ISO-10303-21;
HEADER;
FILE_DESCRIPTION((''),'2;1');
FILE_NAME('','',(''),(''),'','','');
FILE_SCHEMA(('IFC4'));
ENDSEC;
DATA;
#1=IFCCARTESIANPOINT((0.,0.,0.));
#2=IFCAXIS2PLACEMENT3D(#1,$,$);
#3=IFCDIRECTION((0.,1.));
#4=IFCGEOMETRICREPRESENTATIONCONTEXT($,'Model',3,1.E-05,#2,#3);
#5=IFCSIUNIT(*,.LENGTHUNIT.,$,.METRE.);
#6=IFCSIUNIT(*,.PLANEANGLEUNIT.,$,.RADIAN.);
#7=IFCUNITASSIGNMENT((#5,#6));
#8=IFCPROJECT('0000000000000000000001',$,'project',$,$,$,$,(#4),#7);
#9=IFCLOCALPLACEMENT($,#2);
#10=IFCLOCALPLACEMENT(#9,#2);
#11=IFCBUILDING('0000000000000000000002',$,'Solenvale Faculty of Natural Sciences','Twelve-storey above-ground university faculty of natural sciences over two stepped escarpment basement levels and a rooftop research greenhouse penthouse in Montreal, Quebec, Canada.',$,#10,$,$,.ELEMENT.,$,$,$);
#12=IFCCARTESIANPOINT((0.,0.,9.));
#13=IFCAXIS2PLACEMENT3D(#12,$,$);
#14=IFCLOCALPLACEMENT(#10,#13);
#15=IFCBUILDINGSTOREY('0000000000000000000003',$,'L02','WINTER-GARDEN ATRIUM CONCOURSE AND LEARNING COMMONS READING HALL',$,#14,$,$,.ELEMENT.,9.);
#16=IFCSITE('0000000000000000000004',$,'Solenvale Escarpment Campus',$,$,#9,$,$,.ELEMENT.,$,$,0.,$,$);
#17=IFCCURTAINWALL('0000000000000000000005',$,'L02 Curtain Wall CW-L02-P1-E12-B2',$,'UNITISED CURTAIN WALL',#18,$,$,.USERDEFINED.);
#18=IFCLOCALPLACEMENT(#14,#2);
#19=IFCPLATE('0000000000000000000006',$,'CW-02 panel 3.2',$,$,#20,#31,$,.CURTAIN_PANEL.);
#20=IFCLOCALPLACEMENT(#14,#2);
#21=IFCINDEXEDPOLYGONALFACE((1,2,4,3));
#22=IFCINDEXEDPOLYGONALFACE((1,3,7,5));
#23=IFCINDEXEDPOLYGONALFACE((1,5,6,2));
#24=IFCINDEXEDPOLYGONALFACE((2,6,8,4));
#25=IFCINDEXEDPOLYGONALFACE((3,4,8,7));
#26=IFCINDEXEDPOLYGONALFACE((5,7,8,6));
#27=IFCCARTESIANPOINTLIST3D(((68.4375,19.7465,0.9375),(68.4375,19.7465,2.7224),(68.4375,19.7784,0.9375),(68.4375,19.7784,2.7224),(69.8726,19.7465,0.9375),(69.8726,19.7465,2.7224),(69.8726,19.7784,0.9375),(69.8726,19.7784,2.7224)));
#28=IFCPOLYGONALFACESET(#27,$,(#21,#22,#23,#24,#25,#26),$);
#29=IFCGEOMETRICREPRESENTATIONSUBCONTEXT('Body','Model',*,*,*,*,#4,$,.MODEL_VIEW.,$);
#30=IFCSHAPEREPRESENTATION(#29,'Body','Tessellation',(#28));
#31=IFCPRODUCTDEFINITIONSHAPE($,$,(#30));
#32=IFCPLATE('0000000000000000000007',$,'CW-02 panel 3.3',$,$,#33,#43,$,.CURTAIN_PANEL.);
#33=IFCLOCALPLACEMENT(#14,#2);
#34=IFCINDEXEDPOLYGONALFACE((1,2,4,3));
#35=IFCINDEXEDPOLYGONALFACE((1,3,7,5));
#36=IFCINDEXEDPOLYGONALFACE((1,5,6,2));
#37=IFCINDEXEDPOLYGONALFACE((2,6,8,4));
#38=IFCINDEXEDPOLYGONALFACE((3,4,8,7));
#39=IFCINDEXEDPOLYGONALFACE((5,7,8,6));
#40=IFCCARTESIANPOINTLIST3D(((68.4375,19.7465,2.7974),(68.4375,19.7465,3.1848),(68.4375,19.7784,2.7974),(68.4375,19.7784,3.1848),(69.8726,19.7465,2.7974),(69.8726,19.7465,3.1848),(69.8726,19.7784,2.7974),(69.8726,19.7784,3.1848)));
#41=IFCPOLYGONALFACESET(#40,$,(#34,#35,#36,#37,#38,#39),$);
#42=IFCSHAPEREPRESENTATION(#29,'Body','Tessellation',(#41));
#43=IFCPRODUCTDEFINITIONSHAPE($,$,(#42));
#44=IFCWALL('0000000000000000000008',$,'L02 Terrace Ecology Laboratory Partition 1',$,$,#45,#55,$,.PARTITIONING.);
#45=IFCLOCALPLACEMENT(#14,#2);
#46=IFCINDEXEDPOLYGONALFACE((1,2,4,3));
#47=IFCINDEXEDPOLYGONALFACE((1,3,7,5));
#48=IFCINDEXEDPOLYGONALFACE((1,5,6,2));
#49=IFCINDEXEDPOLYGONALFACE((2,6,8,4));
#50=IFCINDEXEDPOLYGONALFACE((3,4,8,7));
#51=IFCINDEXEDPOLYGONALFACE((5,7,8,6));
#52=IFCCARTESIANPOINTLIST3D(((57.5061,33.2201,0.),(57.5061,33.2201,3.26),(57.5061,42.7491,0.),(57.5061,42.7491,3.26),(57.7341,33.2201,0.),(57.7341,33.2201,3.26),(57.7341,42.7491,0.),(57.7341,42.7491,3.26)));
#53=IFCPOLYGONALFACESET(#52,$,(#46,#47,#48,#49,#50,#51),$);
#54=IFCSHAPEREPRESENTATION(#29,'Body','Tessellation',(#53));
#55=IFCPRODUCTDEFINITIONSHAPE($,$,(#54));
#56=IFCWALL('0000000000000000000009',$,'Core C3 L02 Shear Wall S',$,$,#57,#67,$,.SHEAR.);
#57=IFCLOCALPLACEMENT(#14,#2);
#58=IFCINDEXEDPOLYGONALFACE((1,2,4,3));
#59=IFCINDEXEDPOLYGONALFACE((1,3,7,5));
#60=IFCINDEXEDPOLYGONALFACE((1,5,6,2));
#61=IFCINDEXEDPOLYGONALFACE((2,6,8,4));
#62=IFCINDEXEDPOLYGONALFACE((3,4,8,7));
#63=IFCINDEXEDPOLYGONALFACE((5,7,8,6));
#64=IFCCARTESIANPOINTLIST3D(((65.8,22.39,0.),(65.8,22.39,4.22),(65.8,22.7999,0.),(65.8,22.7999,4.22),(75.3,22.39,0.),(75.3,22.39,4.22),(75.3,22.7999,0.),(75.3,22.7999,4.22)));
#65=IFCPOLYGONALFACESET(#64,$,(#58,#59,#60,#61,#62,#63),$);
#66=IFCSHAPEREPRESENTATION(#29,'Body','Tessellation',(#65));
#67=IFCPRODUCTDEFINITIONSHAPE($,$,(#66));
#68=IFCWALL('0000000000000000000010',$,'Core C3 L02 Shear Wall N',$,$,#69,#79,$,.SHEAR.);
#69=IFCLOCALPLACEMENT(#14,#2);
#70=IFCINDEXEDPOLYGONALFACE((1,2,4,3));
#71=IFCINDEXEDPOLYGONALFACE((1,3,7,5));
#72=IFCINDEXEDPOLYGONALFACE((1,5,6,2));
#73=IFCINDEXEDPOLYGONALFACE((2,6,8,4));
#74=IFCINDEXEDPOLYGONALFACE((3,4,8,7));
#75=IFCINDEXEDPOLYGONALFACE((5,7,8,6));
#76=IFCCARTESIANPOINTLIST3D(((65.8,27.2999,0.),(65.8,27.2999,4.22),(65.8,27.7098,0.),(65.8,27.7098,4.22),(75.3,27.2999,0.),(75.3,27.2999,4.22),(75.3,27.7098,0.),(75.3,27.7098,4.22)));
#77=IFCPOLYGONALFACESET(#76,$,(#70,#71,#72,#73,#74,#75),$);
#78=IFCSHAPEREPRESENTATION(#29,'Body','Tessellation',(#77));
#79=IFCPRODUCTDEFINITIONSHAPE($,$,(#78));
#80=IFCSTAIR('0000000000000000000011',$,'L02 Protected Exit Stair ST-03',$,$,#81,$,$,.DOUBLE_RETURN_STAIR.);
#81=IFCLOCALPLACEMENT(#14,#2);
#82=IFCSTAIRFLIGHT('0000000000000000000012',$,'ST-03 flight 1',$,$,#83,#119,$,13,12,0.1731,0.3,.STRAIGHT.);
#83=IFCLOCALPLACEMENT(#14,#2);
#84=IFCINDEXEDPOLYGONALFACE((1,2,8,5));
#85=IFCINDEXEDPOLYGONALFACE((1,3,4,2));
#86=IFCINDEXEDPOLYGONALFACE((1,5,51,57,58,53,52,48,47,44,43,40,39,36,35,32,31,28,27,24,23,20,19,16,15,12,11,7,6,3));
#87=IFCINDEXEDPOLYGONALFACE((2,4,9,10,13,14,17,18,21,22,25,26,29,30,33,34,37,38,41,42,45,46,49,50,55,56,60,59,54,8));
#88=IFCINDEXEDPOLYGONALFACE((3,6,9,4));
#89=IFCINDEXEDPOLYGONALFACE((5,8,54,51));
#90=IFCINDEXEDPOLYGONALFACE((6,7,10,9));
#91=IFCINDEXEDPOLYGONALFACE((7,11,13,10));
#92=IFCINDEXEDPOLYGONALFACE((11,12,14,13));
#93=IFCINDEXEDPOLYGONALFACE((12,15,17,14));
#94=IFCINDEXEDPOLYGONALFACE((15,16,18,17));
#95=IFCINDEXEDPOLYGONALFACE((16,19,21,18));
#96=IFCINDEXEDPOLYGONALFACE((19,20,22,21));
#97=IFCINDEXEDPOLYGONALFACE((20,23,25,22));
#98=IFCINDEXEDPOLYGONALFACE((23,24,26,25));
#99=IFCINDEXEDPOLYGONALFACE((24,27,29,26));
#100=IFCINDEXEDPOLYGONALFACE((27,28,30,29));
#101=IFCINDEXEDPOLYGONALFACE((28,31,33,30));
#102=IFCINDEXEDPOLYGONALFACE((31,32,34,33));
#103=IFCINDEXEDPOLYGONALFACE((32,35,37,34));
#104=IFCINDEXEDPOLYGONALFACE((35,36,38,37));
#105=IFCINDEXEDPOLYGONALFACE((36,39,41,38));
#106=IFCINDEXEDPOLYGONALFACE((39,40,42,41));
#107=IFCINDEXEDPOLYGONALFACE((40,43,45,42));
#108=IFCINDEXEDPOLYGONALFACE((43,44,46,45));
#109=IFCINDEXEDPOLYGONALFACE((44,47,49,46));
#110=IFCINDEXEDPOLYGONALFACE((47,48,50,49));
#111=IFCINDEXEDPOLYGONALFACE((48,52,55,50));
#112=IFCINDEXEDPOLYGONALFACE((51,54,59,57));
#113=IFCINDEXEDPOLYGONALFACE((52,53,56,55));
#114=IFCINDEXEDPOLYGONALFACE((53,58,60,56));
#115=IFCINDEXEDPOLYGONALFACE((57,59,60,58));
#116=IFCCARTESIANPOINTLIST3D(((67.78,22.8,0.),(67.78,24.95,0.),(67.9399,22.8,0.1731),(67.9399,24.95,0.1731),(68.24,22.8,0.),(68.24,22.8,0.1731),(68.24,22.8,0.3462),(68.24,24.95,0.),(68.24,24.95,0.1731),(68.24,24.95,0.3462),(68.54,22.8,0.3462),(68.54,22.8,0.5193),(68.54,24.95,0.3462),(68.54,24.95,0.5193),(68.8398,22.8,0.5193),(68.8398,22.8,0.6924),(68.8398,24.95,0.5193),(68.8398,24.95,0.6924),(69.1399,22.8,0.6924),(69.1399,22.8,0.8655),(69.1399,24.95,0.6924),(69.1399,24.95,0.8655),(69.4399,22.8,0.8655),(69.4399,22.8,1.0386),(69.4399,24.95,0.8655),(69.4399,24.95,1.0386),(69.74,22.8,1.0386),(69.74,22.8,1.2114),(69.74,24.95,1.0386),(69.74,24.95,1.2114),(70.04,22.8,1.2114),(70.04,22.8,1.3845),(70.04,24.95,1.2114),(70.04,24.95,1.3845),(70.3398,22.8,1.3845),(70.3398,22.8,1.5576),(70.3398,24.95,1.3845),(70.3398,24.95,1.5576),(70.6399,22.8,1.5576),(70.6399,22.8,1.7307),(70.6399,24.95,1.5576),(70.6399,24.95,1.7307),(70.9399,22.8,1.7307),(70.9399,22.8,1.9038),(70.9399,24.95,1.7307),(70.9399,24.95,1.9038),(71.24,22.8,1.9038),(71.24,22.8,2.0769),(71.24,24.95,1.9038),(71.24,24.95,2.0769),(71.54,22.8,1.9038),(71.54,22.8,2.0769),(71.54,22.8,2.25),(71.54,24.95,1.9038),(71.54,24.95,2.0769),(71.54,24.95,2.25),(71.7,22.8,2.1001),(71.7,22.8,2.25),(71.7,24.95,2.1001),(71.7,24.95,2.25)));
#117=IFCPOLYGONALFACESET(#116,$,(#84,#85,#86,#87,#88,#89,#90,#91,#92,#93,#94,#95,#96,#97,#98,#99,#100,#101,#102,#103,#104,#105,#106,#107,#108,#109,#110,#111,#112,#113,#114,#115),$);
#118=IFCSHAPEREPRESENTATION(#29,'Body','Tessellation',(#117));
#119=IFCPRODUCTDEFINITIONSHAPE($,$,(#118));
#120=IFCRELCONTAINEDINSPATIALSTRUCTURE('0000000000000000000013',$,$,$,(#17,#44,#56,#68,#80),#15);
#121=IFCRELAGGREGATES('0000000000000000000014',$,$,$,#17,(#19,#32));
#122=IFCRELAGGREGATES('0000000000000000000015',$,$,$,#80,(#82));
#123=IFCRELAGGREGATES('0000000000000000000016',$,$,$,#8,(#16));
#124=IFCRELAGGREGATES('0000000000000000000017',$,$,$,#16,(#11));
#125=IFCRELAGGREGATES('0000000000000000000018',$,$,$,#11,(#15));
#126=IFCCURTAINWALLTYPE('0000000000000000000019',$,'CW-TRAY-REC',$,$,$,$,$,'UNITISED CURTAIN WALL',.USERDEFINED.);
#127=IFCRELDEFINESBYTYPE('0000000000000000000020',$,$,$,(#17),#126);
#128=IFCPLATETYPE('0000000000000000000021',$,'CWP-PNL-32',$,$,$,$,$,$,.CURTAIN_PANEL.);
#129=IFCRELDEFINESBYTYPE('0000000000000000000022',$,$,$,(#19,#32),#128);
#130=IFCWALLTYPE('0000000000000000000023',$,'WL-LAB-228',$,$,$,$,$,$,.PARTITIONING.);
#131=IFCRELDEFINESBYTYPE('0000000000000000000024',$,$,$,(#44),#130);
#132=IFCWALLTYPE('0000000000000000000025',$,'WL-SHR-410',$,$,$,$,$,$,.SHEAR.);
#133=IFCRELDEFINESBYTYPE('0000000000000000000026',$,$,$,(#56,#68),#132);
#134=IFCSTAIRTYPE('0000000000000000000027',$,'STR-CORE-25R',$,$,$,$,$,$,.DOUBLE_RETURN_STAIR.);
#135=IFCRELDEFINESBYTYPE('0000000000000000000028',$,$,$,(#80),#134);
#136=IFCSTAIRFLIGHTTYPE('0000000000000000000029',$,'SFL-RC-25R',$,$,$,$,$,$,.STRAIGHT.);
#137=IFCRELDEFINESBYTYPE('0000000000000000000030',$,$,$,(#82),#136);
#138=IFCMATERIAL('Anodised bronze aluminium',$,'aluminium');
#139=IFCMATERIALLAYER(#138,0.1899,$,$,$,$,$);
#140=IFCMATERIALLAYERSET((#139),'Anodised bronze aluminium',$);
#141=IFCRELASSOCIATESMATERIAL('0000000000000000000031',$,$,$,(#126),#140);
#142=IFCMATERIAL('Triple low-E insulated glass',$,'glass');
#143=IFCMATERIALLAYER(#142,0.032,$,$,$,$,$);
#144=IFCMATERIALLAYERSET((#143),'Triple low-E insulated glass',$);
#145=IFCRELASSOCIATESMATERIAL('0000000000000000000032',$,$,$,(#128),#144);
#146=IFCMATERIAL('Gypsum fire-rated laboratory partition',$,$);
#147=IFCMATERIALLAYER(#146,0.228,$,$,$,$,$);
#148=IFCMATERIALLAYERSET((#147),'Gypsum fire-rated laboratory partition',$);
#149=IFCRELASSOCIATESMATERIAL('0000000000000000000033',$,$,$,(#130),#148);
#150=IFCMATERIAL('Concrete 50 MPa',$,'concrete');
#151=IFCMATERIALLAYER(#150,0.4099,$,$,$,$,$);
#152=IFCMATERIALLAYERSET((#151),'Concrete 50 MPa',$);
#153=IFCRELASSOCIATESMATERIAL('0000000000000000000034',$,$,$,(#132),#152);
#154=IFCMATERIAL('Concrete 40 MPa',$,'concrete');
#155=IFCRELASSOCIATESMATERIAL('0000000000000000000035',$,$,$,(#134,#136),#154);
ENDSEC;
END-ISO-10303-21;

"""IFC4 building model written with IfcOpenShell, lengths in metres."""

from ifc_helpers import new_model, si_unit, direction, frame, frame_2d, origin, origin_2d, place, context, subcontext, project, spatial, polyline, rectangle, outline, extrude, material, layer, layer_set, type_object, element, aggregate, save


model = new_model("IFC4")

# Units and contexts
model_context = context("Model", 3, precision=1e-05, world=origin(), true_north=direction((0.0, 1.0)))
body_context = subcontext(model_context, "Body", "Model", "MODEL_VIEW")
ifc_project = project(units=[si_unit("LENGTHUNIT", "METRE"), si_unit("PLANEANGLEUNIT", "RADIAN")], contexts=[model_context])

# Site, building, storey
site_placement = place(None, origin())
site = spatial("IfcSite", under=ifc_project, at=site_placement, Name="Solenvale Escarpment Campus", CompositionType="ELEMENT", RefElevation=0.0)
building_placement = place(site_placement, origin())
building = spatial("IfcBuilding", under=site, at=building_placement, Name="Solenvale Faculty of Natural Sciences", Description="Twelve-storey above-ground university faculty of natural sciences over two stepped escarpment basement levels and a rooftop research greenhouse penthouse in Montreal, Quebec, Canada.", CompositionType="ELEMENT")
storey_placement = place(building_placement, frame((0.0, 0.0, 9.0)))
storey = spatial("IfcBuildingStorey", under=building, at=storey_placement, Name="L02", Description="WINTER-GARDEN ATRIUM CONCOURSE AND LEARNING COMMONS READING HALL", CompositionType="ELEMENT", Elevation=9.0)

# Shared definitions
ifc_material_1 = material(Name="Concrete 50 MPa", Category="concrete")

# Shared definitions
ifc_material_2 = material(Name="Concrete 40 MPa", Category="concrete")

# Curtain wall, plates
ifc_material_3 = material(Name="Anodised bronze aluminium", Category="aluminium")
ifc_layer_1 = layer(ifc_material_3, 0.1899)
ifc_layer_set_1 = layer_set([ifc_layer_1], Name="Anodised bronze aluminium")
curtain_wall_type = type_object("IfcCurtainWallType", Name="CW-TRAY-REC", ElementType="UNITISED CURTAIN WALL", PredefinedType="USERDEFINED", material=ifc_layer_set_1)
curtain_wall_placement = place(storey_placement, origin())
curtain_wall = element("IfcCurtainWall", 1, at=curtain_wall_placement, inside=storey, type_object=curtain_wall_type, Name="L02 Curtain Wall CW-L02-P1-E12-B2", ObjectType="UNITISED CURTAIN WALL", PredefinedType="USERDEFINED")
ifc_material_4 = material(Name="Triple low-E insulated glass", Category="glass")
ifc_layer_2 = layer(ifc_material_4, 0.032)
ifc_layer_set_2 = layer_set([ifc_layer_2], Name="Triple low-E insulated glass")
plate_type = type_object("IfcPlateType", Name="CWP-PNL-32", PredefinedType="CURTAIN_PANEL", material=ifc_layer_set_2)
plate_1_placement = place(storey_placement, frame((69.155, 19.7625, 0.9375), z_axis=(0.0, 0.0, 1.0), x_axis=(1.0, 0.0, 0.0)))
plate_1 = element("IfcPlate", 2, at=plate_1_placement, type_object=plate_type, Name="CW-02 panel 3.2", PredefinedType="CURTAIN_PANEL", context=body_context, shape_type="SweptSolid", body=[
    extrude(rectangle(XDim=1.4351, YDim=0.032, at=origin_2d()), origin(), (0.0, 0.0, 1.0), 1.7849),
])
plate_2_placement = place(storey_placement, frame((69.155, 19.7625, 2.7974), z_axis=(0.0, 0.0, 1.0), x_axis=(1.0, 0.0, 0.0)))
plate_2 = element("IfcPlate", 3, at=plate_2_placement, type_object=plate_type, Name="CW-02 panel 3.3", PredefinedType="CURTAIN_PANEL", context=body_context, shape_type="SweptSolid", body=[
    extrude(rectangle(XDim=1.4351, YDim=0.032, at=origin_2d()), origin(), (0.0, 0.0, 1.0), 0.3875),
])
aggregate(curtain_wall, [plate_1, plate_2])

# Walls
ifc_material_5 = material(Name="Gypsum fire-rated laboratory partition")
ifc_layer_3 = layer(ifc_material_5, 0.228)
ifc_layer_set_3 = layer_set([ifc_layer_3], Name="Gypsum fire-rated laboratory partition")
wall_type_1 = type_object("IfcWallType", Name="WL-LAB-228", PredefinedType="PARTITIONING", material=ifc_layer_set_3)
wall_1_placement = place(storey_placement, frame((57.6201, 33.22, 0.0), z_axis=(0.0, 0.0, 1.0), x_axis=(0.0, 1.0, 0.0)))
element("IfcWall", 4, at=wall_1_placement, inside=storey, type_object=wall_type_1, Name="L02 Terrace Ecology Laboratory Partition 1", PredefinedType="PARTITIONING", context=body_context, shape_type="SweptSolid", body=[
    extrude(rectangle(XDim=9.5291, YDim=0.228, at=frame_2d((4.7646, 0.0))), origin(), (0.0, 0.0, 1.0), 3.26),
])
ifc_layer_4 = layer(ifc_material_1, 0.4099)
ifc_layer_set_4 = layer_set([ifc_layer_4], Name="Concrete 50 MPa")
wall_type_2 = type_object("IfcWallType", Name="WL-SHR-410", PredefinedType="SHEAR", material=ifc_layer_set_4)
for number, where, z_axis, x_axis, name in (
    (5, (65.8, 22.595, 0.0), (0.0, 0.0, 1.0), (1.0, 0.0, 0.0), "Core C3 L02 Shear Wall S"),
    (6, (65.8, 27.5049, 0.0), (0.0, 0.0, 1.0), (1.0, 0.0, 0.0), "Core C3 L02 Shear Wall N"),
):
    element("IfcWall", number, at=place(storey_placement, frame(where, z_axis=z_axis, x_axis=x_axis)), inside=storey, type_object=wall_type_2, Name=name, PredefinedType="SHEAR", context=body_context, shape_type="SweptSolid", body=[
        extrude(rectangle(XDim=9.5, YDim=0.4099, at=frame_2d((4.75, 0.0))), origin(), (0.0, 0.0, 1.0), 4.22),
    ])

# Stair, stair flight
stair_type = type_object("IfcStairType", Name="STR-CORE-25R", PredefinedType="DOUBLE_RETURN_STAIR", material=ifc_material_2)
stair_placement = place(storey_placement, origin())
stair = element("IfcStair", 7, at=stair_placement, inside=storey, type_object=stair_type, Name="L02 Protected Exit Stair ST-03", PredefinedType="DOUBLE_RETURN_STAIR")
stair_flight_type = type_object("IfcStairFlightType", Name="SFL-RC-25R", PredefinedType="STRAIGHT", material=ifc_material_2)
stair_flight_placement = place(storey_placement, frame((67.9399, 23.875, 0.0), z_axis=(0.0, 0.0, 1.0), x_axis=(1.0, 0.0, 0.0)))
stair_flight = element("IfcStairFlight", 8, at=stair_flight_placement, type_object=stair_flight_type, Name="ST-03 flight 1", NumberOfRisers=13, NumberOfTreads=12, PredefinedType="STRAIGHT", RiserHeight=0.1731, TreadLength=0.3, context=body_context, shape_type="SweptSolid", body=[
    extrude(outline(polyline([(-0.1599, 0.0), (0.0, 0.1731), (0.3, 0.1731), (0.3, 0.3462), (0.6001, 0.3462), (0.6001, 0.5193), (0.8999, 0.5193), (0.8999, 0.6924), (1.2, 0.6924), (1.2, 0.8655), (1.5, 0.8655), (1.5, 1.0386), (1.8, 1.0386), (1.8, 1.2114), (2.1001, 1.2114), (2.1001, 1.3845), (2.3999, 1.3845), (2.3999, 1.5576), (2.7, 1.5576), (2.7, 1.7307), (3.0, 1.7307), (3.0, 1.9038), (3.3, 1.9038), (3.3, 2.0769), (3.6001, 2.0769), (3.6001, 2.25), (3.76, 2.25), (3.76, 2.1001), (3.6001, 1.9038), (0.3, 0.0), (-0.1599, 0.0)])), frame((0.0, 1.075, 0.0), z_axis=(0.0, -1.0, 0.0), x_axis=(1.0, 0.0, 0.0)), (0.0, 0.0, 1.0), 2.1499),
])
aggregate(stair, [stair_flight])

save(model, "model.ifc")
